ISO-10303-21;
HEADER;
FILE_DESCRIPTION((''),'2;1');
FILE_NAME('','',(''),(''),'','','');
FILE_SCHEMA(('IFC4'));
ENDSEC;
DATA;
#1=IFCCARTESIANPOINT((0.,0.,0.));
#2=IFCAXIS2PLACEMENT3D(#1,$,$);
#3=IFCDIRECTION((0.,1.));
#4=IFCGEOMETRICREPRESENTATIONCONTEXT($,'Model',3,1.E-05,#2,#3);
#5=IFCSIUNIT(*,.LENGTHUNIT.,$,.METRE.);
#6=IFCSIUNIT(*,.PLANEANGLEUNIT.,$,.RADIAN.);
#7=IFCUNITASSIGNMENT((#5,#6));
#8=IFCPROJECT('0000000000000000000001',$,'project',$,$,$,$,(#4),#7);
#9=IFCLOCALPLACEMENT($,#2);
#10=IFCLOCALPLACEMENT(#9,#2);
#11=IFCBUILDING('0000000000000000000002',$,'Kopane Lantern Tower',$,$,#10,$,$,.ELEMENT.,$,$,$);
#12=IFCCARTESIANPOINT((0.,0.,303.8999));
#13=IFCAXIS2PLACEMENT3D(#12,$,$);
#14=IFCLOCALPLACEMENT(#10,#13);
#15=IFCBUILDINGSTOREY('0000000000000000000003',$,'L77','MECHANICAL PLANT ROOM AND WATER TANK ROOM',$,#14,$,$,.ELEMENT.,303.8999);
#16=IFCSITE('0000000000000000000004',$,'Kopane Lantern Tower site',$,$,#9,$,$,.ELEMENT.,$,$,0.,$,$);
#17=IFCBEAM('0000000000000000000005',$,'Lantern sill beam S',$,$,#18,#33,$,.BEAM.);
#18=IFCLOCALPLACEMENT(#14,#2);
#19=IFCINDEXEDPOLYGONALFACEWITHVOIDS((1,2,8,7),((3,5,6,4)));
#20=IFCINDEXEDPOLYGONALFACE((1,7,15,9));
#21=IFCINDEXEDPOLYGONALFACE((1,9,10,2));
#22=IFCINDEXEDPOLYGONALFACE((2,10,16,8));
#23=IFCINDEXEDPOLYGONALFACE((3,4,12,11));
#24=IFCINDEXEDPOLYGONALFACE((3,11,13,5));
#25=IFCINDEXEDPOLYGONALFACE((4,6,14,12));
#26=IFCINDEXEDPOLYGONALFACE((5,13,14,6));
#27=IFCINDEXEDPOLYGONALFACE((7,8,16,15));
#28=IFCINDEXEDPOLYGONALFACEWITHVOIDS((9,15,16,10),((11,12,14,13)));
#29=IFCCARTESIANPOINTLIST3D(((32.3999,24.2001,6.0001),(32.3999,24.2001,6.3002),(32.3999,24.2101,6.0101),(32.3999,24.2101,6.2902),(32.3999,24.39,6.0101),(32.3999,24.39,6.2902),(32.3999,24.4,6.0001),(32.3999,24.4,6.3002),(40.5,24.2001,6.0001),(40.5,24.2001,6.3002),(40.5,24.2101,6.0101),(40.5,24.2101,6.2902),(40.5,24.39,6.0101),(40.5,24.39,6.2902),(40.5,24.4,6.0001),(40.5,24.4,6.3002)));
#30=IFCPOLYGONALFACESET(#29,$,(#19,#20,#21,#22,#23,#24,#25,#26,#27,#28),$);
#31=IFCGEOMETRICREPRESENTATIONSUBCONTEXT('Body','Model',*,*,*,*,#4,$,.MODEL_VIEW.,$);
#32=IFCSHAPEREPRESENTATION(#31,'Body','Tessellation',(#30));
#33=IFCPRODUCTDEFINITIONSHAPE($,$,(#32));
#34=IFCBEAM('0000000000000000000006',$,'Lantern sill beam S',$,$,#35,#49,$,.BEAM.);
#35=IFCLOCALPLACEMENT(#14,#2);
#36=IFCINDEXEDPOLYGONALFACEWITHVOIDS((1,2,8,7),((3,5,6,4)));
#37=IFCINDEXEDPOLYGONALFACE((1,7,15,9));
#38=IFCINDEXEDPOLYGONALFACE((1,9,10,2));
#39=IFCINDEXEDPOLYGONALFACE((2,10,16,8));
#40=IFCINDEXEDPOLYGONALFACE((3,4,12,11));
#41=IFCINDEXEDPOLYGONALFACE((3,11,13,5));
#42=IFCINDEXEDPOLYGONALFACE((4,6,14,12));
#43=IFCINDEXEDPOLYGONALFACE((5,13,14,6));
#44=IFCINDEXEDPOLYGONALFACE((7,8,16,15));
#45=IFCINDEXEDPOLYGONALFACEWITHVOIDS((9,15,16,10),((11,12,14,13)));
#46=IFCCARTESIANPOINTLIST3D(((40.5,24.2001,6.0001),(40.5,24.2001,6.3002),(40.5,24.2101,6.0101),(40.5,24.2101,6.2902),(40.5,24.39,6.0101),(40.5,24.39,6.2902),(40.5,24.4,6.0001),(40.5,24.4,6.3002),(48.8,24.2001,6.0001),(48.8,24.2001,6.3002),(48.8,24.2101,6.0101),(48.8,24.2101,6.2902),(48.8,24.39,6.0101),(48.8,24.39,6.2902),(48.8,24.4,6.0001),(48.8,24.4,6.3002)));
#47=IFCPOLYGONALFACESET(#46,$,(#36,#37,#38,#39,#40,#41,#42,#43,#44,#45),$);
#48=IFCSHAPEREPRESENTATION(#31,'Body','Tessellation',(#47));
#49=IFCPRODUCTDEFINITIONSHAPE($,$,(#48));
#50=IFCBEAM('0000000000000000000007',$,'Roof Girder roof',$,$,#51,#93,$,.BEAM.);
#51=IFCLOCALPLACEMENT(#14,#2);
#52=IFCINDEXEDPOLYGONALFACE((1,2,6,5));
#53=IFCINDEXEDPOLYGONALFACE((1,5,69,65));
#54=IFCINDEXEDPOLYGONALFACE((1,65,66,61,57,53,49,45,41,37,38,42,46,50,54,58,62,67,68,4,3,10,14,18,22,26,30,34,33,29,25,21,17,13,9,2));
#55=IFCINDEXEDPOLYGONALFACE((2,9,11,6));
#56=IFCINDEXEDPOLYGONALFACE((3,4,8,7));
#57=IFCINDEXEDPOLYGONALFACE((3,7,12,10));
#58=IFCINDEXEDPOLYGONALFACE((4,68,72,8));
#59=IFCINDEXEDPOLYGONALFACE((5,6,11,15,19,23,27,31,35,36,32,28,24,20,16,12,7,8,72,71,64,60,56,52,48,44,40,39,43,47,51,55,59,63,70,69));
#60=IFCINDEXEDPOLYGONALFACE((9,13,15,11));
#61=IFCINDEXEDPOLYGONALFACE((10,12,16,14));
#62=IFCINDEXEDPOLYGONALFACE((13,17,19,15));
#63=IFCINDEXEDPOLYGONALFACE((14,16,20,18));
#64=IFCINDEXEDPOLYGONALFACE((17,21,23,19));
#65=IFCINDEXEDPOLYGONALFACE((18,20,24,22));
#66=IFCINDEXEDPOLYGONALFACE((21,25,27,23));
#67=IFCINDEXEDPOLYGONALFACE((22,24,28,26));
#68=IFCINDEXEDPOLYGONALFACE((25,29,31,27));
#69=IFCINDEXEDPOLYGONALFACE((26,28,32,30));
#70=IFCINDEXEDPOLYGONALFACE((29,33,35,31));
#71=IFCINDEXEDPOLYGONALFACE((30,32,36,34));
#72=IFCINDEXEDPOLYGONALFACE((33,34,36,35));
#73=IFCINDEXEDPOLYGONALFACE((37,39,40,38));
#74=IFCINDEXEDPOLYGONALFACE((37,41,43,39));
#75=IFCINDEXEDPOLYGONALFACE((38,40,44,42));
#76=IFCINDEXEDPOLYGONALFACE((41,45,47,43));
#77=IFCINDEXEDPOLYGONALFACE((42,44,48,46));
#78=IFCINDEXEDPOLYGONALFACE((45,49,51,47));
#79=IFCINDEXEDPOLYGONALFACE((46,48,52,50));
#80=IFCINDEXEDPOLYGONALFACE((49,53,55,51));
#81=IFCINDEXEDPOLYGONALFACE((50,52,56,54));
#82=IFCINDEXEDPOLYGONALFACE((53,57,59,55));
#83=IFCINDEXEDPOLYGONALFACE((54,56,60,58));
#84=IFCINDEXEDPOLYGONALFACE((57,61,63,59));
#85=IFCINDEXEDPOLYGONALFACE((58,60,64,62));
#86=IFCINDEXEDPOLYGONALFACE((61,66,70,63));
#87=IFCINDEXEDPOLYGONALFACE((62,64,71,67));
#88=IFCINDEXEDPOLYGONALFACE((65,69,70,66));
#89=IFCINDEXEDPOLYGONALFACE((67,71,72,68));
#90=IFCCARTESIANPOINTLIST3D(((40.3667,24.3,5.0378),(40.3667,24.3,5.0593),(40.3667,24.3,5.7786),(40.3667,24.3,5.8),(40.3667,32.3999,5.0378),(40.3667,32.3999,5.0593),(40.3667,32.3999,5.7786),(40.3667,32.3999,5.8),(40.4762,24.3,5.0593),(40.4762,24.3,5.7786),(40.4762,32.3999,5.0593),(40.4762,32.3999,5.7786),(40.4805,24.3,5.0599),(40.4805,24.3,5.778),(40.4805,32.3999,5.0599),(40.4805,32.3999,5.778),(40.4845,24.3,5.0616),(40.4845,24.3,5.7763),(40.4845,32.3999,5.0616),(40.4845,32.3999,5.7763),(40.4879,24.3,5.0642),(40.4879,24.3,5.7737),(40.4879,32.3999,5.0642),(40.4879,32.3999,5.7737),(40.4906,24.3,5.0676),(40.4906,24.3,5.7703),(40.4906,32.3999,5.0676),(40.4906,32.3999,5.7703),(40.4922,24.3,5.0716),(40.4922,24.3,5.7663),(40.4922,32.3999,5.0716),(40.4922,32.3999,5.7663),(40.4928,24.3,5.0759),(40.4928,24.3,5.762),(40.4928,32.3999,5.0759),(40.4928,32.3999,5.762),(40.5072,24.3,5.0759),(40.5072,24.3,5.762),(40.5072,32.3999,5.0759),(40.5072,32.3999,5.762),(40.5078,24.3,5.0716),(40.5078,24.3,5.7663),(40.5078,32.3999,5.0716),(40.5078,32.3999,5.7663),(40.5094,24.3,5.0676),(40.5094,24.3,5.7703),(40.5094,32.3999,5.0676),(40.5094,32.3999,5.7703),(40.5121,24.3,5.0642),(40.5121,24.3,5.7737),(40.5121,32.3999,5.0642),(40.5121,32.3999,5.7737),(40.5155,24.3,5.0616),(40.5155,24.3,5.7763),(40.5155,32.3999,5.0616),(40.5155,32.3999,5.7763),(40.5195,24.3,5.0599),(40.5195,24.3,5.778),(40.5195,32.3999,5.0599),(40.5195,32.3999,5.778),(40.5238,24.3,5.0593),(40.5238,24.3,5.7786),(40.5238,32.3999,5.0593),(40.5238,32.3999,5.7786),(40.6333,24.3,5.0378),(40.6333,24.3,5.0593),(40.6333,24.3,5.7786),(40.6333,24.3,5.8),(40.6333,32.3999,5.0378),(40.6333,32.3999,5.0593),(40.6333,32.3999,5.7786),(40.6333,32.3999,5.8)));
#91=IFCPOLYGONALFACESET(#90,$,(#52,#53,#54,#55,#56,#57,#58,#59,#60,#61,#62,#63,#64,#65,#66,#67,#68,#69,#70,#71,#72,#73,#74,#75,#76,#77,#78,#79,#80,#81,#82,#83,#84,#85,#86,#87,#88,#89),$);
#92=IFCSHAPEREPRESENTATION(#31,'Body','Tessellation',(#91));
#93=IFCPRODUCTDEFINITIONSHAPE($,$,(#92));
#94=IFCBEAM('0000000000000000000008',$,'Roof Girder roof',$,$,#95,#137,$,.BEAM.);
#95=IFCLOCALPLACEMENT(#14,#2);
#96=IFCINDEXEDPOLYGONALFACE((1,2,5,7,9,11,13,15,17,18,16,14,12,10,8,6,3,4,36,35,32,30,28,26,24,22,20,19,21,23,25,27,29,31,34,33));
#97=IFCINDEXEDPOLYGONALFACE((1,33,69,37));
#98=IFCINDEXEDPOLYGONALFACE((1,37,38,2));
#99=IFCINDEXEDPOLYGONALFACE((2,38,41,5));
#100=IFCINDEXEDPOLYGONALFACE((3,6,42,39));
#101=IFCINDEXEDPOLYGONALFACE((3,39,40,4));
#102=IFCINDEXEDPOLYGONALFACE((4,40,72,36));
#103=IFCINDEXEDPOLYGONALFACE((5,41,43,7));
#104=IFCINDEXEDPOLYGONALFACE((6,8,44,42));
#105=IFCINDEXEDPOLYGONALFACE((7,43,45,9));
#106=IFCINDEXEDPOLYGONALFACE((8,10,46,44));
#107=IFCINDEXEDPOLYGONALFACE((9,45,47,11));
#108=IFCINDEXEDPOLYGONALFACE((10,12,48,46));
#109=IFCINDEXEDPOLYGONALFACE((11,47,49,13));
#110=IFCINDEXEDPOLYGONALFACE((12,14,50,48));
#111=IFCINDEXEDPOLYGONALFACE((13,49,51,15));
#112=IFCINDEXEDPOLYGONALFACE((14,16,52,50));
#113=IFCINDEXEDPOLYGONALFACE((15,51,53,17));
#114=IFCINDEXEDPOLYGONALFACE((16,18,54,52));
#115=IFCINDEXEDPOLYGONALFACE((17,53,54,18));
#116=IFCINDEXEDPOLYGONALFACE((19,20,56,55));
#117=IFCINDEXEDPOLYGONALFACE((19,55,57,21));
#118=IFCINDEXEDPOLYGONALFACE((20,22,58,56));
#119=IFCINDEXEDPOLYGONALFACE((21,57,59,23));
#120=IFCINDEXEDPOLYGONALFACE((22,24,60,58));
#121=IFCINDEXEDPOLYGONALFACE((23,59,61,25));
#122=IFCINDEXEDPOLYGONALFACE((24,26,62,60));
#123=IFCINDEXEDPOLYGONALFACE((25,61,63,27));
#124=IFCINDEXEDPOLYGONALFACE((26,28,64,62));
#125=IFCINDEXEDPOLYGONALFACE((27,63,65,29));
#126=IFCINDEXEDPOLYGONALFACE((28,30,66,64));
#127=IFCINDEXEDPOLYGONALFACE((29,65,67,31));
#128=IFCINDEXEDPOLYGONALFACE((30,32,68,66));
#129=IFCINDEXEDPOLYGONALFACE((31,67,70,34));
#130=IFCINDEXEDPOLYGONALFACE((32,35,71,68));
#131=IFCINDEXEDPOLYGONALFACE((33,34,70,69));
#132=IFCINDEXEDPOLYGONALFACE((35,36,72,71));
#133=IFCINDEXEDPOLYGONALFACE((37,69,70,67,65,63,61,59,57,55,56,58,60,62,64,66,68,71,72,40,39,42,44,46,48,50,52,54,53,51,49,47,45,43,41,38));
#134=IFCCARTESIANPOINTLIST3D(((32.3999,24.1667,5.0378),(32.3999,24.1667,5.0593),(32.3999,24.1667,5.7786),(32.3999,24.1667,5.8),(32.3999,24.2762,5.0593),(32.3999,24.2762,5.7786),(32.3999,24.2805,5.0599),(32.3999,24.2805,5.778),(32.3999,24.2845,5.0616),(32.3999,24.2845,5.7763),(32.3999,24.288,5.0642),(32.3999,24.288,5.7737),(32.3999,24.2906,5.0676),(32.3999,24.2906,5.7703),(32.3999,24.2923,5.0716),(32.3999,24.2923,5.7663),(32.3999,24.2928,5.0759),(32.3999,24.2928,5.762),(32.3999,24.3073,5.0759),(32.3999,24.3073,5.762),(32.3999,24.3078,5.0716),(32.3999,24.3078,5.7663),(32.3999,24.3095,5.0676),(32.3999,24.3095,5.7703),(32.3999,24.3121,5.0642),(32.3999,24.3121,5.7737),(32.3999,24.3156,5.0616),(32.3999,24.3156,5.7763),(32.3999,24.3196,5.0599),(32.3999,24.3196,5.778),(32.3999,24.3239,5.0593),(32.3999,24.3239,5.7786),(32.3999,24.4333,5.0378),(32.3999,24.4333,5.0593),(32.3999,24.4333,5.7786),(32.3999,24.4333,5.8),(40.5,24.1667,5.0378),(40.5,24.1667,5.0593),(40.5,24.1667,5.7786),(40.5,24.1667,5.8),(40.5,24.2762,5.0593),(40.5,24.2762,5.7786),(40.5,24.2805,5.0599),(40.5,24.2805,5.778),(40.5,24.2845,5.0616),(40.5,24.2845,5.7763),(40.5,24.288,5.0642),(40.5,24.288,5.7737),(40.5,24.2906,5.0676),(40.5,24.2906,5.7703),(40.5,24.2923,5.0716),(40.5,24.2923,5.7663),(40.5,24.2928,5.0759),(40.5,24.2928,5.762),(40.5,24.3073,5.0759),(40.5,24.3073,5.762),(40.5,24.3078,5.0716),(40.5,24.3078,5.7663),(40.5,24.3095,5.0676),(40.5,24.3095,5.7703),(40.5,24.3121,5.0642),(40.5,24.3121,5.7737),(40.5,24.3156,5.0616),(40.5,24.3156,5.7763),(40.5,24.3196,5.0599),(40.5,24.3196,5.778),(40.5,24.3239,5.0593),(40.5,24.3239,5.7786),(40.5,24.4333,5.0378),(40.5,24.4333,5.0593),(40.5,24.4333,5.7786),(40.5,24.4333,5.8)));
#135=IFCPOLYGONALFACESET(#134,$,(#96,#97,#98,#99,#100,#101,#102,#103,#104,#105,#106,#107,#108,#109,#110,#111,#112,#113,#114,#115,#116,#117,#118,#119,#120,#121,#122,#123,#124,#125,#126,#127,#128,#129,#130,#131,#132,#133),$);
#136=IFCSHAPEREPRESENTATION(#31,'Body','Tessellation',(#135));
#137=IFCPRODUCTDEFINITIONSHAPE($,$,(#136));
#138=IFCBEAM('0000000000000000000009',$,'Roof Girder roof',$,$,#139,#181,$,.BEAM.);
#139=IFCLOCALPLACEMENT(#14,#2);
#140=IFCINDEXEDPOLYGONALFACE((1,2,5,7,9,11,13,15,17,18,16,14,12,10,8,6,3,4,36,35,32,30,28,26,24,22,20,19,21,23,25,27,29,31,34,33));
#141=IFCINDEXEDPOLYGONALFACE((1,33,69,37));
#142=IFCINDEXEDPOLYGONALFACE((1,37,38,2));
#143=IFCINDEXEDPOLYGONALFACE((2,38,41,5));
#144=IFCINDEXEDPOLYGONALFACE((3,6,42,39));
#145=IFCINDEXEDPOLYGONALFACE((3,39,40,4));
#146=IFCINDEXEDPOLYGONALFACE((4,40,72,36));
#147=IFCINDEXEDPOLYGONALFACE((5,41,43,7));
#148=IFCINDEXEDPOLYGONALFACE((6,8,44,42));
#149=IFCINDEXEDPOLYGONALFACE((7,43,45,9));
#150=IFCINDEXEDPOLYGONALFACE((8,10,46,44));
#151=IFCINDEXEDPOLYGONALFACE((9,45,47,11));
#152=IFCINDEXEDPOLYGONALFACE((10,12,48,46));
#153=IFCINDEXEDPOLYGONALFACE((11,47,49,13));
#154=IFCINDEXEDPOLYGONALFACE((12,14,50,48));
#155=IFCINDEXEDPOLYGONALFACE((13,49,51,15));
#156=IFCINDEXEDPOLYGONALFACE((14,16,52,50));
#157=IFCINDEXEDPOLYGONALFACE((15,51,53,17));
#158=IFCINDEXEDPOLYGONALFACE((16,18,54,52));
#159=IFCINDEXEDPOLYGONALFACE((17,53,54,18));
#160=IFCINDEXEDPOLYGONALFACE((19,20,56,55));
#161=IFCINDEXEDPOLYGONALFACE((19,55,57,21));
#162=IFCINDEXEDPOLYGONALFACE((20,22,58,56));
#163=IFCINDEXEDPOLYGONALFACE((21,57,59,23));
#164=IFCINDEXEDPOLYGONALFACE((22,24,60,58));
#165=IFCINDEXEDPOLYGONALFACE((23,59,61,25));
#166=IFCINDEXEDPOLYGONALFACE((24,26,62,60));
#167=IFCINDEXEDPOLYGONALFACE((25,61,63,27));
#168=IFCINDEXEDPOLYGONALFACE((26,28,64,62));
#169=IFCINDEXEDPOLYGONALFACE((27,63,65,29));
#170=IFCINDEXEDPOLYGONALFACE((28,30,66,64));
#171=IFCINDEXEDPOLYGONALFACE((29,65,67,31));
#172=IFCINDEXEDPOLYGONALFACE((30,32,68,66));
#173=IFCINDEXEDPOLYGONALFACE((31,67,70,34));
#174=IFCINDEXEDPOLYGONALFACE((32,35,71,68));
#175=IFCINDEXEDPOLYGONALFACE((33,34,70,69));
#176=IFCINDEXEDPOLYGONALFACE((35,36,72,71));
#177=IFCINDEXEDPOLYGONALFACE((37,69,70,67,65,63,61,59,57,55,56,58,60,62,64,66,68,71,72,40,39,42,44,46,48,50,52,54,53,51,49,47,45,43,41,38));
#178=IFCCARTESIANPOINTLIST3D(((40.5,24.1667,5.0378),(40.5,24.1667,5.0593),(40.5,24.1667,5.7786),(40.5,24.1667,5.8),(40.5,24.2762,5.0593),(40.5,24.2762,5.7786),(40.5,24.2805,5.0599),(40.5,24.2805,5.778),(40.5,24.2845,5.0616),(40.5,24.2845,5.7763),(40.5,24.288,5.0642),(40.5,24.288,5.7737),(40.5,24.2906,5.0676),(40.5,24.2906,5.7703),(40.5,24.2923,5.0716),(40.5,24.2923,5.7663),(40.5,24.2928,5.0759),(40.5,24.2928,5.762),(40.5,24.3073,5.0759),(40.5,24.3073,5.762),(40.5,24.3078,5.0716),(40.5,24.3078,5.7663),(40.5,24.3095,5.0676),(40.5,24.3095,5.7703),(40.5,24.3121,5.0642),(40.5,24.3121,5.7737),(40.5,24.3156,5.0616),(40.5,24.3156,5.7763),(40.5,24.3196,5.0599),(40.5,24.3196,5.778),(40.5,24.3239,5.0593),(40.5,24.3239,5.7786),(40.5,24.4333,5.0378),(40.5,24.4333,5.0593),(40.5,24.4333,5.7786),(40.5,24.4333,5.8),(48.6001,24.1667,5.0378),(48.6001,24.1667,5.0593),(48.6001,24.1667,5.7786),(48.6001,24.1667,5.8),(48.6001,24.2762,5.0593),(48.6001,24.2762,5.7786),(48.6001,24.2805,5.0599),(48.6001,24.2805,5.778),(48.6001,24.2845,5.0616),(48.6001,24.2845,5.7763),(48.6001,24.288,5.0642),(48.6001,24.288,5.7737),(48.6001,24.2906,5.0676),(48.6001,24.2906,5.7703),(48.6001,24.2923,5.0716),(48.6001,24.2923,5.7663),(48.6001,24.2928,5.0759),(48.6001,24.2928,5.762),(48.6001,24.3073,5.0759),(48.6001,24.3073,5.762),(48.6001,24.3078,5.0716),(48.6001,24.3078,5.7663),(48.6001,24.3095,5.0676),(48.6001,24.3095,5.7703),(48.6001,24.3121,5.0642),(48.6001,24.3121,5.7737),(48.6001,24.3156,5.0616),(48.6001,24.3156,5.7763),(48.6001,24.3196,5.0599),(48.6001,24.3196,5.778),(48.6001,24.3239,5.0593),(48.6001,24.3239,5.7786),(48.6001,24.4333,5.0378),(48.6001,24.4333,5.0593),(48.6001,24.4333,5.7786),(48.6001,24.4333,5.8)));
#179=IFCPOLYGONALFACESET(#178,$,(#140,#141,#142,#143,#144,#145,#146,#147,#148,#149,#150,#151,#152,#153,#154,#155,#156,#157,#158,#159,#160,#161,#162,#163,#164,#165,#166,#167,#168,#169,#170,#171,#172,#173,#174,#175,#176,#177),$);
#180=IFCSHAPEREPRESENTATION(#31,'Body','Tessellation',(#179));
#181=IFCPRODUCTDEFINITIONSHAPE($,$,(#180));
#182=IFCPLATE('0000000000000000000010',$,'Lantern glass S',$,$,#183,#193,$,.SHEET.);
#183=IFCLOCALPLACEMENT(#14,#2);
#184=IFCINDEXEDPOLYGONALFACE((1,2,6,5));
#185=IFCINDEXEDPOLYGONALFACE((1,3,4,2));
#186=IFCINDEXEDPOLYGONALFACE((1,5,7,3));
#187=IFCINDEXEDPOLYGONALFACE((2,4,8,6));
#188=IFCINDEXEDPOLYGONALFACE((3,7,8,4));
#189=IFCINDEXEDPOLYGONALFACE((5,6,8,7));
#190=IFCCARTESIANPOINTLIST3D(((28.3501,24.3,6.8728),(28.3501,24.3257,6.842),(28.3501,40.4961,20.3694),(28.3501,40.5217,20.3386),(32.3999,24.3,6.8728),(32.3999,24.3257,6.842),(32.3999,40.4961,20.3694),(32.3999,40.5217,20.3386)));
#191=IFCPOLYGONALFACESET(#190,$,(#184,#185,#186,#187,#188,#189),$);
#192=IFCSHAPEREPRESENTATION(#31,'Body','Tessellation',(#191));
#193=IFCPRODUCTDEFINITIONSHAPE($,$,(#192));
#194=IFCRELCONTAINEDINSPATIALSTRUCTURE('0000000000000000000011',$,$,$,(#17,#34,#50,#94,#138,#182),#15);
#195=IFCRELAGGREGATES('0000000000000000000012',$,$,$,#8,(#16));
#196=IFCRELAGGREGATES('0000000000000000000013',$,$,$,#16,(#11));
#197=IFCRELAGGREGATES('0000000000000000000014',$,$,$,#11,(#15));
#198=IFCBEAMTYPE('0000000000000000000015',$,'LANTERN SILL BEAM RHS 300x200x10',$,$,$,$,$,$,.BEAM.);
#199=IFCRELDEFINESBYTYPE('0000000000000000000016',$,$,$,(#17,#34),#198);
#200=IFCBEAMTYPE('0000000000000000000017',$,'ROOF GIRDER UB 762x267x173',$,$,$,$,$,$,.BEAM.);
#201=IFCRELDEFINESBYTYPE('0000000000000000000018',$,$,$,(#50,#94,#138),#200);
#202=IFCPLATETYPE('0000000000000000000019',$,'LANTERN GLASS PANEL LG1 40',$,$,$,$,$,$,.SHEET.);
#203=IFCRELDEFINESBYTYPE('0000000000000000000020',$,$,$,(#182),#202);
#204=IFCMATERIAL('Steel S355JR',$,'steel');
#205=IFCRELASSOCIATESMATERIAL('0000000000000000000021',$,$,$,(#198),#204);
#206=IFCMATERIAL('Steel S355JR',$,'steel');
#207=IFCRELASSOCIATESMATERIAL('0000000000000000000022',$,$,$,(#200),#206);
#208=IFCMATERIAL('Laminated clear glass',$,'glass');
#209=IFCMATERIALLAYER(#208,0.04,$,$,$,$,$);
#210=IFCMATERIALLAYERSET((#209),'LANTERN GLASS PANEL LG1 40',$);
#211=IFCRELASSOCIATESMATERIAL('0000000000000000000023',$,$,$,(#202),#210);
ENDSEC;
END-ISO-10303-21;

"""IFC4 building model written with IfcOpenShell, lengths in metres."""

from ifc_helpers import new_model, si_unit, direction, frame, origin, origin_2d, place, context, subcontext, project, spatial, polyline, hollow_rectangle, i_section, outline, extrude, material, layer, layer_set, material_profile, profile_set, type_object, element, save


model = new_model("IFC4")

# Units and contexts
model_context = context("Model", 3, precision=1e-05, world=origin(), true_north=direction((0.0, 1.0)))
body_context = subcontext(model_context, "Body", "Model", "MODEL_VIEW")
ifc_project = project(units=[si_unit("LENGTHUNIT", "METRE"), si_unit("PLANEANGLEUNIT", "RADIAN")], contexts=[model_context])

# Site, building, storey
site_placement = place(None, origin())
site = spatial("IfcSite", under=ifc_project, at=site_placement, Name="Kopane Lantern Tower site", CompositionType="ELEMENT", RefElevation=0.0)
building_placement = place(site_placement, origin())
building = spatial("IfcBuilding", under=site, at=building_placement, Name="Kopane Lantern Tower", CompositionType="ELEMENT")
storey_placement = place(building_placement, frame((0.0, 0.0, 303.8999)))
storey = spatial("IfcBuildingStorey", under=building, at=storey_placement, Name="L77", Description="MECHANICAL PLANT ROOM AND WATER TANK ROOM", CompositionType="ELEMENT", Elevation=303.8999)

# Beams
ifc_material_1 = material(Name="Steel S355JR", Category="steel")
ifc_material_profile_1 = material_profile(ifc_material_1, hollow_rectangle(XDim=0.2, YDim=0.3, WallThickness=0.01, at=origin_2d()), Name="RHS 300x200x10")
ifc_profile_set_1 = profile_set([ifc_material_profile_1], Name="Steel S355JR")
beam_type_1 = type_object("IfcBeamType", Name="LANTERN SILL BEAM RHS 300x200x10", PredefinedType="BEAM", material=ifc_profile_set_1)
beam_1_placement = place(storey_placement, frame((32.3999, 24.3, 6.1501), z_axis=(1.0, 0.0, 0.0), x_axis=(0.0, 1.0, 0.0)))
element("IfcBeam", 1, at=beam_1_placement, inside=storey, type_object=beam_type_1, Name="Lantern sill beam S", PredefinedType="BEAM", context=body_context, shape_type="SweptSolid", body=[
    extrude(hollow_rectangle(XDim=0.2, YDim=0.3, WallThickness=0.01, at=origin_2d()), origin(), (0.0, 0.0, 1.0), 8.1001),
])
beam_2_placement = place(storey_placement, frame((40.5, 24.3, 6.1501), z_axis=(1.0, 0.0, 0.0), x_axis=(0.0, 1.0, 0.0)))
element("IfcBeam", 2, at=beam_2_placement, inside=storey, type_object=beam_type_1, Name="Lantern sill beam S", PredefinedType="BEAM", context=body_context, shape_type="SweptSolid", body=[
    extrude(hollow_rectangle(XDim=0.2, YDim=0.3, WallThickness=0.01, at=origin_2d()), origin(), (0.0, 0.0, 1.0), 8.3),
])
ifc_material_2 = material(Name="Steel S355JR", Category="steel")
ifc_material_profile_2 = material_profile(ifc_material_2, i_section(OverallWidth=0.2666, OverallDepth=0.7622, WebThickness=0.0144, FlangeThickness=0.0215, FilletRadius=0.0166, at=origin_2d()), Name="UB 762x267x173")
ifc_profile_set_2 = profile_set([ifc_material_profile_2], Name="Steel S355JR")
beam_type_2 = type_object("IfcBeamType", Name="ROOF GIRDER UB 762x267x173", PredefinedType="BEAM", material=ifc_profile_set_2)
beam_3_placement = place(storey_placement, frame((40.5, 24.3, 5.4189), z_axis=(0.0, 1.0, 0.0), x_axis=(-1.0, 0.0, 0.0)))
element("IfcBeam", 3, at=beam_3_placement, inside=storey, type_object=beam_type_2, Name="Roof Girder roof", PredefinedType="BEAM", context=body_context, shape_type="SweptSolid", body=[
    extrude(i_section(OverallWidth=0.2666, OverallDepth=0.7622, WebThickness=0.0144, FlangeThickness=0.0215, FilletRadius=0.0166, at=origin_2d()), origin(), (0.0, 0.0, 1.0), 8.0999),
])
for number, where, z_axis, x_axis, name in (
    (4, (32.3999, 24.3, 5.4189), (1.0, 0.0, 0.0), (0.0, 1.0, 0.0), "Roof Girder roof"),
    (5, (40.5, 24.3, 5.4189), (1.0, 0.0, 0.0), (0.0, 1.0, 0.0), "Roof Girder roof"),
):
    element("IfcBeam", number, at=place(storey_placement, frame(where, z_axis=z_axis, x_axis=x_axis)), inside=storey, type_object=beam_type_2, Name=name, PredefinedType="BEAM", context=body_context, shape_type="SweptSolid", body=[
        extrude(i_section(OverallWidth=0.2666, OverallDepth=0.7622, WebThickness=0.0144, FlangeThickness=0.0215, FilletRadius=0.0166, at=origin_2d()), origin(), (0.0, 0.0, 1.0), 8.1001),
    ])

# Plate
ifc_material_3 = material(Name="Laminated clear glass", Category="glass")
ifc_layer_1 = layer(ifc_material_3, 0.04)
ifc_layer_set_1 = layer_set([ifc_layer_1], Name="LANTERN GLASS PANEL LG1 40")
plate_type = type_object("IfcPlateType", Name="LANTERN GLASS PANEL LG1 40", PredefinedType="SHEET", material=ifc_layer_set_1)
plate_placement = place(storey_placement, frame((28.3501, 24.3, 6.8728), z_axis=(0.0, -0.640181, 0.768224), x_axis=(1.0, 0.0, 0.0)))
element("IfcPlate", 6, at=plate_placement, inside=storey, type_object=plate_type, Name="Lantern glass S", PredefinedType="SHEET", context=body_context, shape_type="SweptSolid", body=[
    extrude(outline(polyline([(0.0, 0.0), (4.0498, 0.0), (4.0498, 21.0824), (0.0, 21.0824), (0.0, 0.0)])), origin(), (0.0, 0.0, -1.0), 0.04),
])

save(model, "model.ifc")
